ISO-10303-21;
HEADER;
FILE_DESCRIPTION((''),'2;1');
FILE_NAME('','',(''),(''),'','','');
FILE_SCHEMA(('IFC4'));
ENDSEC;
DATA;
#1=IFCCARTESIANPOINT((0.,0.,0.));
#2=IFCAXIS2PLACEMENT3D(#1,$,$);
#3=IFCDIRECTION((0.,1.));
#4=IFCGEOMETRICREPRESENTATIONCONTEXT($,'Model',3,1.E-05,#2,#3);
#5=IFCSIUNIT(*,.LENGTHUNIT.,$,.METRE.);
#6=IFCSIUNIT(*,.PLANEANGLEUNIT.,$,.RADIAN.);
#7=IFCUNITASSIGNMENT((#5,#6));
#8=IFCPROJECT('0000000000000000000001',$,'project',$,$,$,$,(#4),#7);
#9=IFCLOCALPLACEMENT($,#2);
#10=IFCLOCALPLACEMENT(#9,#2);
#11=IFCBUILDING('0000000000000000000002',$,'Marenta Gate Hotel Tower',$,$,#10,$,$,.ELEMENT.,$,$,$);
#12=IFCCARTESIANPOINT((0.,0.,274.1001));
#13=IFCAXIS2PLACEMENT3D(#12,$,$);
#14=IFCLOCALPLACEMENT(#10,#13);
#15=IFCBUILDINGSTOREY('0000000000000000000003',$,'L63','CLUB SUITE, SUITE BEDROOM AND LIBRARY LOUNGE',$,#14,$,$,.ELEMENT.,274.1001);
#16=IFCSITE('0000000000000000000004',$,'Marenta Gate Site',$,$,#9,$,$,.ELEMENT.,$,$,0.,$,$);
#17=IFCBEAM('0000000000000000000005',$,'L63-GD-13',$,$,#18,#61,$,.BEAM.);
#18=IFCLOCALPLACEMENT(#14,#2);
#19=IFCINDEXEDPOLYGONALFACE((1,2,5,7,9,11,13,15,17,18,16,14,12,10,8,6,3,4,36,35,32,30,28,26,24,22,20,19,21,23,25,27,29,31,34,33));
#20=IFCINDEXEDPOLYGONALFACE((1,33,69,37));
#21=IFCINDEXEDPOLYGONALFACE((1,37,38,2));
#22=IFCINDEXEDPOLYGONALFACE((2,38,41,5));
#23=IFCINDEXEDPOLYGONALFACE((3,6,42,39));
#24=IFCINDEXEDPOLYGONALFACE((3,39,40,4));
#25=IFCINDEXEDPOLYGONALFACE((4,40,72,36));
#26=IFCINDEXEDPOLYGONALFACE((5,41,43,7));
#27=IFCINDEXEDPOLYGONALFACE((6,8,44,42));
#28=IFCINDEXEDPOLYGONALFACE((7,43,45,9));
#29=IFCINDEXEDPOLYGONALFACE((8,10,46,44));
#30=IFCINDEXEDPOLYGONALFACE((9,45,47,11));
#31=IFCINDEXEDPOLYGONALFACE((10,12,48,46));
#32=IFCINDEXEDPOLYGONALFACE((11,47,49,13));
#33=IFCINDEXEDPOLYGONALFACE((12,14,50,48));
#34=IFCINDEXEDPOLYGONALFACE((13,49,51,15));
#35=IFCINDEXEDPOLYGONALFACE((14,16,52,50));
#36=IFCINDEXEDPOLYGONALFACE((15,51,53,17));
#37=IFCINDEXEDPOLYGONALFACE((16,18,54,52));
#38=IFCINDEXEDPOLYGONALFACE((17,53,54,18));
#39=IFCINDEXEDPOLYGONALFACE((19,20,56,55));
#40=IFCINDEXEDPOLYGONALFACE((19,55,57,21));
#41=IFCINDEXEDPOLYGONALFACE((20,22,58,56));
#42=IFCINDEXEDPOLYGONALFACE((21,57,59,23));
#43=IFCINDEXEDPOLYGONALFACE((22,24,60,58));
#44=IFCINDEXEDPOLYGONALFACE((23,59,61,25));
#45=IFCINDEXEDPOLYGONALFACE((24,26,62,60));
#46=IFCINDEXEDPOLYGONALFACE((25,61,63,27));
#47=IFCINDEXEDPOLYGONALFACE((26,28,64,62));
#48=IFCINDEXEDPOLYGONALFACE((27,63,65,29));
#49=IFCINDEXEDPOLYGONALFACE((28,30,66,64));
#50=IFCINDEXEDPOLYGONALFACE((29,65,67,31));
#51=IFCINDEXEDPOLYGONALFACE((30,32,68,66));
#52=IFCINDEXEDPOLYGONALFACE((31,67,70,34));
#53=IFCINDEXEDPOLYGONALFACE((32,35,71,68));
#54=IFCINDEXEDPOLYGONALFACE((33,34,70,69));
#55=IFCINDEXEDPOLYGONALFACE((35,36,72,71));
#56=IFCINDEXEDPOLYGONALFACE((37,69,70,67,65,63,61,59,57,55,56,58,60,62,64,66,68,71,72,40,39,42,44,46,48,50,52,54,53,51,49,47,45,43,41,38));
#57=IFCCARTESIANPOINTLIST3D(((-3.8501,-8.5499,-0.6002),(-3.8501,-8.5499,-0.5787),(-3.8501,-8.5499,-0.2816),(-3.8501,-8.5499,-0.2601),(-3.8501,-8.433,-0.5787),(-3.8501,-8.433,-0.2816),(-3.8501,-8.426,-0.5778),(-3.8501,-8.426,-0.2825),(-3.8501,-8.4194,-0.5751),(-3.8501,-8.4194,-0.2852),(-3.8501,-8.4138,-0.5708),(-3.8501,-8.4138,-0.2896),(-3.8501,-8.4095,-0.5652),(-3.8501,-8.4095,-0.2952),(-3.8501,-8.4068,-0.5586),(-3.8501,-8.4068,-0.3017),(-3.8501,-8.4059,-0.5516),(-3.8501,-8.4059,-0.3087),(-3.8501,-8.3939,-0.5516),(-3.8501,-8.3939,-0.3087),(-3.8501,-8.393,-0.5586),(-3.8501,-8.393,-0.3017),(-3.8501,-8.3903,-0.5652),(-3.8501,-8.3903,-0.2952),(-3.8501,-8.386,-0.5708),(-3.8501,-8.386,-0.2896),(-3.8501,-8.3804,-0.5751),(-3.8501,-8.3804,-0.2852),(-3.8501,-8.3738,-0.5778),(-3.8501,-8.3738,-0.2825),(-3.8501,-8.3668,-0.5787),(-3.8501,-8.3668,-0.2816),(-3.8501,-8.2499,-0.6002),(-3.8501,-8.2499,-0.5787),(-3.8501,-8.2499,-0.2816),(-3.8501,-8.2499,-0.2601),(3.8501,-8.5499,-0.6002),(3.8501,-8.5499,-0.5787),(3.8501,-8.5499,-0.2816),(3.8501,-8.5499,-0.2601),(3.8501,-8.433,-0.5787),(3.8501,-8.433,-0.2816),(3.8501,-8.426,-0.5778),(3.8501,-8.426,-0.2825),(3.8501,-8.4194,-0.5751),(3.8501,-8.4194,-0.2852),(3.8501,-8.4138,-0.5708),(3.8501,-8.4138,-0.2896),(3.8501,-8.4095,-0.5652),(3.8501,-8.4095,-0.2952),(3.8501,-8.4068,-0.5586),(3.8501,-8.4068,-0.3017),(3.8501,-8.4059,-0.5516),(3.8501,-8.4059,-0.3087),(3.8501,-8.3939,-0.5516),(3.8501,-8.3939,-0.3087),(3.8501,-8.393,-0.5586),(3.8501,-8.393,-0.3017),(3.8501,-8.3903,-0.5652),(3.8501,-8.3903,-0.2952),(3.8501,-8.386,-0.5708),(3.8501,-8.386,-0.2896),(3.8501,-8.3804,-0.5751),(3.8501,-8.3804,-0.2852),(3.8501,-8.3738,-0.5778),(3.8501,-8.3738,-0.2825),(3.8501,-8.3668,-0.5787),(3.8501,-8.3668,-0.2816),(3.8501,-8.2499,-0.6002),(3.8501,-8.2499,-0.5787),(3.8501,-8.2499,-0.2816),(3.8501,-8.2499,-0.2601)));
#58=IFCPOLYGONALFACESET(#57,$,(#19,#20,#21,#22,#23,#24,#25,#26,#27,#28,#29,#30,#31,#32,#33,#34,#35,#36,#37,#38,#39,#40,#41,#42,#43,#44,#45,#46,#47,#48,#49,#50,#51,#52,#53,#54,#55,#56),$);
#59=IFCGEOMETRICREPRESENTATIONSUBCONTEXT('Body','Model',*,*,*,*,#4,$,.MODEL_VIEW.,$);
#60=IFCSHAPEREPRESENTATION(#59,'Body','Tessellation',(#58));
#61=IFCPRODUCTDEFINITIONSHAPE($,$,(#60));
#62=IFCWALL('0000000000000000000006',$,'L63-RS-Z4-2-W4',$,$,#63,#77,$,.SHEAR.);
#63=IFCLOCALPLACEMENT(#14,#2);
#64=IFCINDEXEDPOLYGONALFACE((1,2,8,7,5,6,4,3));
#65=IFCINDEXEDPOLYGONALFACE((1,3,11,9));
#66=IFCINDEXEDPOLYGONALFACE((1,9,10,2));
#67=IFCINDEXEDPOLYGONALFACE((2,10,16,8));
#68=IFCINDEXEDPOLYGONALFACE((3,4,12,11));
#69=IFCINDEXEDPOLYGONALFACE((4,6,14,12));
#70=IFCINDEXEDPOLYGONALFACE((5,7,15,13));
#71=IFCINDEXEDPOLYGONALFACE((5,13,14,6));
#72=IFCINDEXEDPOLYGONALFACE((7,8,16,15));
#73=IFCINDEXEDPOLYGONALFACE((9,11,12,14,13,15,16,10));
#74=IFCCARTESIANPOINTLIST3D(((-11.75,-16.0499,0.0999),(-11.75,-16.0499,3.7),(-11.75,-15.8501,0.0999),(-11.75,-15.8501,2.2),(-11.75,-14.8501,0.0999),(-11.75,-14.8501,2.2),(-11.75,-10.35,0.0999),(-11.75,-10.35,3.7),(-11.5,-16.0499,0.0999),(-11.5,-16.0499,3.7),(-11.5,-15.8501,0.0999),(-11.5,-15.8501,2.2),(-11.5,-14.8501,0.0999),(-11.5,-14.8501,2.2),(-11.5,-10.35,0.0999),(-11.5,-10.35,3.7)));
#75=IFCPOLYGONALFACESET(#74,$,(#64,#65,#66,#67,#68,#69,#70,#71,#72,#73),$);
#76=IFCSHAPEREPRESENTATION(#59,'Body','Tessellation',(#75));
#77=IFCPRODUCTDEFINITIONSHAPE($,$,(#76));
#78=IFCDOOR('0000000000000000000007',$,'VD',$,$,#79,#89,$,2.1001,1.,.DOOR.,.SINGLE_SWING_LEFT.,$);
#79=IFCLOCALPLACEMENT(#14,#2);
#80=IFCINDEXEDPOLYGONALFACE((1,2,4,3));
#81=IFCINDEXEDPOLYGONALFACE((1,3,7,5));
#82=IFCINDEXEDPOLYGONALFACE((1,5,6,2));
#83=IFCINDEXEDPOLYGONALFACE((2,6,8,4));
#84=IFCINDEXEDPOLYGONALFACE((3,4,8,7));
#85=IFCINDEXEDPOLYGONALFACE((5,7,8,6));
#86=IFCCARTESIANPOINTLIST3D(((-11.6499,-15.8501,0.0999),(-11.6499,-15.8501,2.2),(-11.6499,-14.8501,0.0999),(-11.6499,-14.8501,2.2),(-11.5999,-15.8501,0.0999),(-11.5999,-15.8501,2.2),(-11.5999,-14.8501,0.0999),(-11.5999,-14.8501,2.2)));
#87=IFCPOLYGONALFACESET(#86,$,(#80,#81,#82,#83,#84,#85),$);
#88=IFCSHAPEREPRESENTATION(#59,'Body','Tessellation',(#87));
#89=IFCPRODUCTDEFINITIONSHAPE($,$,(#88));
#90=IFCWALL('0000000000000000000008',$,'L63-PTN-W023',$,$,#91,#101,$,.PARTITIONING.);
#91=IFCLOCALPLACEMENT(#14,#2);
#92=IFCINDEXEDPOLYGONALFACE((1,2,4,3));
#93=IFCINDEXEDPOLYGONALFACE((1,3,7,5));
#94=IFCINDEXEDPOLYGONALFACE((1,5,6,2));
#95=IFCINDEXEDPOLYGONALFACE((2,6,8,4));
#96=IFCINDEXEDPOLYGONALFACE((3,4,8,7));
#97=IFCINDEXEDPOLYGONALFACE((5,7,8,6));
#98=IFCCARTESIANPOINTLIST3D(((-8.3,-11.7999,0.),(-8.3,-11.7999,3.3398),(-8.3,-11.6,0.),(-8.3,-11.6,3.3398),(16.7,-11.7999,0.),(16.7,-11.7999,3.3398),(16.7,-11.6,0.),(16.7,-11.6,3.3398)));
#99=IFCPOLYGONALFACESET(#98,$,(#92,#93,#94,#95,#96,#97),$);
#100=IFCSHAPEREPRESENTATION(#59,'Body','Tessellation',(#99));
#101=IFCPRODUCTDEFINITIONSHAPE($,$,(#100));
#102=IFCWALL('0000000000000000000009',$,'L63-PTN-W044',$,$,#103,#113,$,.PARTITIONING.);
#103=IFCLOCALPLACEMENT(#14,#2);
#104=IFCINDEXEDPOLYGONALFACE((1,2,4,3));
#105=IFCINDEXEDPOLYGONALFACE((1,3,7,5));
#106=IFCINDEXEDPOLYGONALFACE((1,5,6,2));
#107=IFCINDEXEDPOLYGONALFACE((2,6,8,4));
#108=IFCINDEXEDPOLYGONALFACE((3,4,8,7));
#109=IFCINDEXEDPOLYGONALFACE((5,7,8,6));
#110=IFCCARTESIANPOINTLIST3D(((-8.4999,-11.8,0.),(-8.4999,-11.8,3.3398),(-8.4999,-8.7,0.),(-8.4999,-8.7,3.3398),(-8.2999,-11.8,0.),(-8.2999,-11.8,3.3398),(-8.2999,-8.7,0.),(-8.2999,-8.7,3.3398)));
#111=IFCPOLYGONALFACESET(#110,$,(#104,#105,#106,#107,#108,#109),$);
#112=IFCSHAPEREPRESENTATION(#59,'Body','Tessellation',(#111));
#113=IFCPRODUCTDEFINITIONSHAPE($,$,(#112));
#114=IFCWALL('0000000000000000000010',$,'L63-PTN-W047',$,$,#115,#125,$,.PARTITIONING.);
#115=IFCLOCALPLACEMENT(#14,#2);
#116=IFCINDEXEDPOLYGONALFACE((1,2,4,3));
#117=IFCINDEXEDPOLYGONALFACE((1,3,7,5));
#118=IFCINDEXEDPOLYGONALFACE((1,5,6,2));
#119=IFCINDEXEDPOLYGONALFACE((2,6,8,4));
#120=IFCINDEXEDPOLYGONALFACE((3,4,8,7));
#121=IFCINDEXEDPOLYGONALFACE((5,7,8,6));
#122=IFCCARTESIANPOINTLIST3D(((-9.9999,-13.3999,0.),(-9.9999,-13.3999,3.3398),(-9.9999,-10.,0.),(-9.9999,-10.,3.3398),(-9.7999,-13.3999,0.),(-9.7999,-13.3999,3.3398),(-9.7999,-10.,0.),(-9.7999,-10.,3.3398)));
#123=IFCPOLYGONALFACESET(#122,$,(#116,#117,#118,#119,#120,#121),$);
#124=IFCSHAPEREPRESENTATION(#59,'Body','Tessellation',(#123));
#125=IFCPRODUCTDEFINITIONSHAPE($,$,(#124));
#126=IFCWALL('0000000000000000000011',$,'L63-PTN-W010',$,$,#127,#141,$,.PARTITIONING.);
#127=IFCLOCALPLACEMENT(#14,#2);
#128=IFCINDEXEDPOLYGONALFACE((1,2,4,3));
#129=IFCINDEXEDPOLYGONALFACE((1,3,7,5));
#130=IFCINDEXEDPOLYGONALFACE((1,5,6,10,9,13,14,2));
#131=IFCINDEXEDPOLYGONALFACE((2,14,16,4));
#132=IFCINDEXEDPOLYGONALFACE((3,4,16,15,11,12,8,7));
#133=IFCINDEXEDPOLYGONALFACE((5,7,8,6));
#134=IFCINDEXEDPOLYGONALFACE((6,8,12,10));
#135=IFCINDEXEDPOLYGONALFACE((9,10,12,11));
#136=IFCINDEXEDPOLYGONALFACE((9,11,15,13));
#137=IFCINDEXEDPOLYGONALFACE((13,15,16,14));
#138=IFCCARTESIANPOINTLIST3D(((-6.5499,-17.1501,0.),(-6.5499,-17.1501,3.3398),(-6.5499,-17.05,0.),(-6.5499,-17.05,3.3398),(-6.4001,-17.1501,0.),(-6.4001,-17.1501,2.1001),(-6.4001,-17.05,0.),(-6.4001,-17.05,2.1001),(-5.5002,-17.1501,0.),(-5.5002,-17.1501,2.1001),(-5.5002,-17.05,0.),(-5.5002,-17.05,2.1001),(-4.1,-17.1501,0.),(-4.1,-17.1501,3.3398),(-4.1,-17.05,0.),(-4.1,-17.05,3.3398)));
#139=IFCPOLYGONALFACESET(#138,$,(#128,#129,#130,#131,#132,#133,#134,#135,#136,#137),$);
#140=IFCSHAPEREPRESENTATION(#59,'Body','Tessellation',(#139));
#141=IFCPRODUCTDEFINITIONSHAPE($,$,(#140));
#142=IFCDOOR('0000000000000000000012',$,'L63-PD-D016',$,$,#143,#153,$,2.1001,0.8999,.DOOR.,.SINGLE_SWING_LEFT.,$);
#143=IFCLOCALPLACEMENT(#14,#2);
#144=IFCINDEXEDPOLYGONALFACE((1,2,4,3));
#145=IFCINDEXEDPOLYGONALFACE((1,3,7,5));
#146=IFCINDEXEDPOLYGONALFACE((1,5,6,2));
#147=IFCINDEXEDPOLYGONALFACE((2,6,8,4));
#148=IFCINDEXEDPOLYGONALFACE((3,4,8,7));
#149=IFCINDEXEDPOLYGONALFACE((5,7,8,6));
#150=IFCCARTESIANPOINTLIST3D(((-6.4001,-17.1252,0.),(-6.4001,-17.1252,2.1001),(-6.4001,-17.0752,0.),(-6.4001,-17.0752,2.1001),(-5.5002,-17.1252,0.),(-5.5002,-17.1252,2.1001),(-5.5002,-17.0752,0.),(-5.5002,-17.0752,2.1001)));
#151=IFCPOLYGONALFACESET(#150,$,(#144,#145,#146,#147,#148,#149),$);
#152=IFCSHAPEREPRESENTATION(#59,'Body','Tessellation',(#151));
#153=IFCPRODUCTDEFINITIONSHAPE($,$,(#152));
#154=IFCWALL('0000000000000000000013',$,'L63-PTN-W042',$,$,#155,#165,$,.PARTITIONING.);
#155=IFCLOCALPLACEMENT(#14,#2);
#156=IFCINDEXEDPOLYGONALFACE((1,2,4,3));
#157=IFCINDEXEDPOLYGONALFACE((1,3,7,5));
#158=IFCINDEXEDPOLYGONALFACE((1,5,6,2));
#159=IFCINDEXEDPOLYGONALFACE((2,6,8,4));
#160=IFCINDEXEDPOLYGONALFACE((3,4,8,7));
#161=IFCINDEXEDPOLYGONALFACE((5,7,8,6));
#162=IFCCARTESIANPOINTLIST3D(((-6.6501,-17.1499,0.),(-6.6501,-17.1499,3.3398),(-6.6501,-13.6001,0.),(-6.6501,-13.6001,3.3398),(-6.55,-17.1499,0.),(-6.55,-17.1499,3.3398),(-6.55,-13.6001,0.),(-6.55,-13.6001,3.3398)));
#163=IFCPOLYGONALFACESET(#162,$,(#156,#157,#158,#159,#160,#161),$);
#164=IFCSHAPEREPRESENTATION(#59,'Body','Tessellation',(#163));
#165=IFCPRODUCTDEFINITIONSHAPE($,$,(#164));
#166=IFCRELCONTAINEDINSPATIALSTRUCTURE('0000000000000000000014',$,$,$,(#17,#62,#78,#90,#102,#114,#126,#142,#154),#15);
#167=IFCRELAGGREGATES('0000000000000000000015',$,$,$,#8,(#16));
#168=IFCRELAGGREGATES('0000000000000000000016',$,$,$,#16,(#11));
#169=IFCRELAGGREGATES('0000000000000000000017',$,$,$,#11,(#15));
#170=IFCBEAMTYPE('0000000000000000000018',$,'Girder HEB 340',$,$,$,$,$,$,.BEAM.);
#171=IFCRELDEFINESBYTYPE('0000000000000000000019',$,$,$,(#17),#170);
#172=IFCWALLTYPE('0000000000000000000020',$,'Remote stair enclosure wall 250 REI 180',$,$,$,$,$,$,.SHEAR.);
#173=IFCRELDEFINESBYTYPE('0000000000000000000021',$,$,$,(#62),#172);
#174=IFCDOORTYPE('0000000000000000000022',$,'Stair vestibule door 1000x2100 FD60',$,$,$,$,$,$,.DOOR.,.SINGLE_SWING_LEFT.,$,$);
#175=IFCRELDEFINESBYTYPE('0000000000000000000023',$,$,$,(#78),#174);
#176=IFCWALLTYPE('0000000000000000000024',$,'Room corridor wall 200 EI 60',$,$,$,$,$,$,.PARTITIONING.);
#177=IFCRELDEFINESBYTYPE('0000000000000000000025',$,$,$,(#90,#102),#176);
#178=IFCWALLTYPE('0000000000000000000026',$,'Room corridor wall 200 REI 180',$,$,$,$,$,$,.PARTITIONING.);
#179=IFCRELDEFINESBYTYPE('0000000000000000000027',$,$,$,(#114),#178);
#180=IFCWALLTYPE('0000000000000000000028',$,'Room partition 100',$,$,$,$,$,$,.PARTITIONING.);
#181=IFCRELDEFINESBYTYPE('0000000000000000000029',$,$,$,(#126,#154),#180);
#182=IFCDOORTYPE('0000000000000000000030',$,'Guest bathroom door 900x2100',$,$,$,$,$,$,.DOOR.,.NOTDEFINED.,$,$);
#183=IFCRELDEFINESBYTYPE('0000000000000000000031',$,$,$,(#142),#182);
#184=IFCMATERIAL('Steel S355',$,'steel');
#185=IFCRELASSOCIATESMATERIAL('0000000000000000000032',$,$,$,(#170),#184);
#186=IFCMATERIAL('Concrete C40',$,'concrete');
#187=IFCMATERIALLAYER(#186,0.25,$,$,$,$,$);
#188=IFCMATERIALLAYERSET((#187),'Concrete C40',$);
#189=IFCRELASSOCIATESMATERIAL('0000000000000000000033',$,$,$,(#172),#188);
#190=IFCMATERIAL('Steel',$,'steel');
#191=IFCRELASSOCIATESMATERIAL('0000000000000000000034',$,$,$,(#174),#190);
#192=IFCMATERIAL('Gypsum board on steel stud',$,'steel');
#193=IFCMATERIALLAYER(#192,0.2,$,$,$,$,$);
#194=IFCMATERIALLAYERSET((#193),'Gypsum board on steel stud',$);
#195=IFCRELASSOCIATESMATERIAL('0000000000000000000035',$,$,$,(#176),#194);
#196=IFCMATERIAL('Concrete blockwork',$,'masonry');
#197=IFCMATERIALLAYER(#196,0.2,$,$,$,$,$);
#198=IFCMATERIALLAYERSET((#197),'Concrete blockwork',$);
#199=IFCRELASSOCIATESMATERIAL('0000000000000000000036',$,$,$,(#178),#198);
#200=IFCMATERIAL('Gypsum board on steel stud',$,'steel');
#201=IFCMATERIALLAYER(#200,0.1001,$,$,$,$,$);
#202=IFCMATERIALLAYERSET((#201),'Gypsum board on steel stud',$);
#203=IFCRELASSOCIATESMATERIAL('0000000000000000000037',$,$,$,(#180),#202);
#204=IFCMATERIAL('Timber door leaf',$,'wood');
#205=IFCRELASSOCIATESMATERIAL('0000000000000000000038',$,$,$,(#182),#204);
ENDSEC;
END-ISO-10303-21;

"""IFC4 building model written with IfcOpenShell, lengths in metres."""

from ifc_helpers import new_model, si_unit, direction, frame, frame_2d, origin, origin_2d, place, context, subcontext, project, spatial, rectangle, i_section, extrude, material, layer, layer_set, material_profile, profile_set, type_object, element, fill, save


model = new_model("IFC4")

# Units and contexts
model_context = context("Model", 3, precision=1e-05, world=origin(), true_north=direction((0.0, 1.0)))
body_context = subcontext(model_context, "Body", "Model", "MODEL_VIEW")
ifc_project = project(units=[si_unit("LENGTHUNIT", "METRE"), si_unit("PLANEANGLEUNIT", "RADIAN")], contexts=[model_context])

# Site, building, storey
site_placement = place(None, origin())
site = spatial("IfcSite", under=ifc_project, at=site_placement, Name="Marenta Gate Site", CompositionType="ELEMENT", RefElevation=0.0)
building_placement = place(site_placement, origin())
building = spatial("IfcBuilding", under=site, at=building_placement, Name="Marenta Gate Hotel Tower", CompositionType="ELEMENT")
storey_placement = place(building_placement, frame((0.0, 0.0, 274.1001)))
storey = spatial("IfcBuildingStorey", under=building, at=storey_placement, Name="L63", Description="CLUB SUITE, SUITE BEDROOM AND LIBRARY LOUNGE", CompositionType="ELEMENT", Elevation=274.1001)

# Beam
ifc_material_1 = material(Name="Steel S355", Category="steel")
ifc_material_profile_1 = material_profile(ifc_material_1, i_section(OverallWidth=0.3, OverallDepth=0.3401, WebThickness=0.012, FlangeThickness=0.0215, FilletRadius=0.0271, at=origin_2d()), Name="HEB 340")
ifc_profile_set_1 = profile_set([ifc_material_profile_1], Name="Steel S355")
beam_type = type_object("IfcBeamType", Name="Girder HEB 340", PredefinedType="BEAM", material=ifc_profile_set_1)
beam_1_placement = place(storey_placement, frame((-3.8501, -8.3999, -0.4302), z_axis=(1.0, 0.0, 0.0), x_axis=(0.0, 1.0, 0.0)))
element("IfcBeam", 1, at=beam_1_placement, inside=storey, type_object=beam_type, Name="L63-GD-13", PredefinedType="BEAM", context=body_context, shape_type="SweptSolid", body=[
    extrude(i_section(OverallWidth=0.3, OverallDepth=0.3401, WebThickness=0.012, FlangeThickness=0.0215, FilletRadius=0.0271, at=origin_2d()), origin(), (0.0, 0.0, 1.0), 7.7002),
])

# Wall, opening, door
ifc_material_2 = material(Name="Concrete C40", Category="concrete")
ifc_layer_1 = layer(ifc_material_2, 0.25)
ifc_layer_set_1 = layer_set([ifc_layer_1], Name="Concrete C40")
wall_type_1 = type_object("IfcWallType", Name="Remote stair enclosure wall 250 REI 180", PredefinedType="SHEAR", material=ifc_layer_set_1)
wall_1_placement = place(storey_placement, frame((-11.625, -16.05, 0.0999), z_axis=(0.0, 0.0, 1.0), x_axis=(0.0, 1.0, 0.0)))
wall_1 = element("IfcWall", 2, at=wall_1_placement, inside=storey, type_object=wall_type_1, Name="L63-RS-Z4-2-W4", PredefinedType="SHEAR", context=body_context, shape_type="SweptSolid", body=[
    extrude(rectangle(XDim=5.7, YDim=0.25, at=frame_2d((2.8501, 0.0))), origin(), (0.0, 0.0, 1.0), 3.6001),
])
opening_1_placement = place(wall_1_placement, frame((0.2, 0.0, 0.0)))
opening_1 = element("IfcOpeningElement", 3, at=opening_1_placement, cuts=wall_1, PredefinedType="OPENING", context=body_context, shape_type="SweptSolid", body=[
    extrude(rectangle(XDim=1.0, YDim=2.1001, at=frame_2d((0.5, 1.05))), frame((0.0, 0.125, 0.0), z_axis=(0.0, -1.0, 0.0), x_axis=(1.0, 0.0, 0.0)), (0.0, 0.0, 1.0), 0.25),
])
ifc_material_3 = material(Name="Steel", Category="steel")
door_type_1 = type_object("IfcDoorType", Name="Stair vestibule door 1000x2100 FD60", OperationType="SINGLE_SWING_LEFT", PredefinedType="DOOR", material=ifc_material_3)
door_1_placement = place(opening_1_placement, origin())
door_1 = element("IfcDoor", 4, at=door_1_placement, inside=storey, type_object=door_type_1, Name="VD", OperationType="SINGLE_SWING_LEFT", OverallHeight=2.1001, OverallWidth=1.0, PredefinedType="DOOR", context=body_context, shape_type="SweptSolid", body=[
    extrude(rectangle(XDim=1.0, YDim=2.1001, at=frame_2d((0.5, 1.05))), frame((0.0, 0.0249, 0.0), z_axis=(0.0, -1.0, 0.0), x_axis=(1.0, 0.0, 0.0)), (0.0, 0.0, 1.0), 0.05),
])
fill(opening_1, door_1)

# Shared definitions
ifc_material_4 = material(Name="Gypsum board on steel stud", Category="steel")
ifc_layer_2 = layer(ifc_material_4, 0.2)
ifc_layer_set_2 = layer_set([ifc_layer_2], Name="Gypsum board on steel stud")
wall_type_2 = type_object("IfcWallType", Name="Room corridor wall 200 EI 60", PredefinedType="PARTITIONING", material=ifc_layer_set_2)

# Walls
wall_2_placement = place(storey_placement, frame((-8.3, -11.7, 0.0), z_axis=(0.0, 0.0, 1.0), x_axis=(1.0, 0.0, 0.0)))
element("IfcWall", 5, at=wall_2_placement, inside=storey, type_object=wall_type_2, Name="L63-PTN-W023", PredefinedType="PARTITIONING", context=body_context, shape_type="SweptSolid", body=[
    extrude(rectangle(XDim=25.0, YDim=0.2, at=frame_2d((12.5, 0.0))), origin(), (0.0, 0.0, 1.0), 3.3398),
])
wall_3_placement = place(storey_placement, frame((-8.3999, -11.8, 0.0), z_axis=(0.0, 0.0, 1.0), x_axis=(0.0, 1.0, 0.0)))
element("IfcWall", 6, at=wall_3_placement, inside=storey, type_object=wall_type_2, Name="L63-PTN-W044", PredefinedType="PARTITIONING", context=body_context, shape_type="SweptSolid", body=[
    extrude(rectangle(XDim=3.1001, YDim=0.2, at=frame_2d((1.55, 0.0))), origin(), (0.0, 0.0, 1.0), 3.3398),
])

# Shared definitions
ifc_material_5 = material(Name="Concrete blockwork", Category="masonry")
ifc_layer_3 = layer(ifc_material_5, 0.2)
ifc_layer_set_3 = layer_set([ifc_layer_3], Name="Concrete blockwork")
wall_type_3 = type_object("IfcWallType", Name="Room corridor wall 200 REI 180", PredefinedType="PARTITIONING", material=ifc_layer_set_3)

# Wall
wall_4_placement = place(storey_placement, frame((-9.8999, -13.3999, 0.0), z_axis=(0.0, 0.0, 1.0), x_axis=(0.0, 1.0, 0.0)))
element("IfcWall", 7, at=wall_4_placement, inside=storey, type_object=wall_type_3, Name="L63-PTN-W047", PredefinedType="PARTITIONING", context=body_context, shape_type="SweptSolid", body=[
    extrude(rectangle(XDim=3.3999, YDim=0.2, at=frame_2d((1.7, 0.0))), origin(), (0.0, 0.0, 1.0), 3.3398),
])

# Wall, opening, door
ifc_material_6 = material(Name="Gypsum board on steel stud", Category="steel")
ifc_layer_4 = layer(ifc_material_6, 0.1001)
ifc_layer_set_4 = layer_set([ifc_layer_4], Name="Gypsum board on steel stud")
wall_type_4 = type_object("IfcWallType", Name="Room partition 100", PredefinedType="PARTITIONING", material=ifc_layer_set_4)
wall_5_placement = place(storey_placement, frame((-6.55, -17.1001, 0.0), z_axis=(0.0, 0.0, 1.0), x_axis=(1.0, 0.0, 0.0)))
wall_5 = element("IfcWall", 8, at=wall_5_placement, inside=storey, type_object=wall_type_4, Name="L63-PTN-W010", PredefinedType="PARTITIONING", context=body_context, shape_type="SweptSolid", body=[
    extrude(rectangle(XDim=2.45, YDim=0.1001, at=frame_2d((1.2251, 0.0))), origin(), (0.0, 0.0, 1.0), 3.3398),
])
opening_2_placement = place(wall_5_placement, frame((0.1499, 0.0, 0.0)))
opening_2 = element("IfcOpeningElement", 9, at=opening_2_placement, cuts=wall_5, PredefinedType="OPENING", context=body_context, shape_type="SweptSolid", body=[
    extrude(rectangle(XDim=0.8999, YDim=2.1001, at=frame_2d((0.45, 1.05))), frame((0.0, 0.05, 0.0), z_axis=(0.0, -1.0, 0.0), x_axis=(1.0, 0.0, 0.0)), (0.0, 0.0, 1.0), 0.1001),
])
ifc_material_7 = material(Name="Timber door leaf", Category="wood")
door_type_2 = type_object("IfcDoorType", Name="Guest bathroom door 900x2100", OperationType="NOTDEFINED", PredefinedType="DOOR", material=ifc_material_7)
door_2_placement = place(opening_2_placement, origin())
door_2 = element("IfcDoor", 10, at=door_2_placement, inside=storey, type_object=door_type_2, Name="L63-PD-D016", OperationType="SINGLE_SWING_LEFT", OverallHeight=2.1001, OverallWidth=0.8999, PredefinedType="DOOR", context=body_context, shape_type="SweptSolid", body=[
    extrude(rectangle(XDim=0.8999, YDim=2.1001, at=frame_2d((0.45, 1.05))), frame((0.0, 0.0249, 0.0), z_axis=(0.0, -1.0, 0.0), x_axis=(1.0, 0.0, 0.0)), (0.0, 0.0, 1.0), 0.05),
])
fill(opening_2, door_2)

# Wall
wall_6_placement = place(storey_placement, frame((-6.6001, -17.1499, 0.0), z_axis=(0.0, 0.0, 1.0), x_axis=(0.0, 1.0, 0.0)))
element("IfcWall", 11, at=wall_6_placement, inside=storey, type_object=wall_type_4, Name="L63-PTN-W042", PredefinedType="PARTITIONING", context=body_context, shape_type="SweptSolid", body=[
    extrude(rectangle(XDim=3.5498, YDim=0.1001, at=frame_2d((1.7749, 0.0))), origin(), (0.0, 0.0, 1.0), 3.3398),
])

save(model, "model.ifc")
